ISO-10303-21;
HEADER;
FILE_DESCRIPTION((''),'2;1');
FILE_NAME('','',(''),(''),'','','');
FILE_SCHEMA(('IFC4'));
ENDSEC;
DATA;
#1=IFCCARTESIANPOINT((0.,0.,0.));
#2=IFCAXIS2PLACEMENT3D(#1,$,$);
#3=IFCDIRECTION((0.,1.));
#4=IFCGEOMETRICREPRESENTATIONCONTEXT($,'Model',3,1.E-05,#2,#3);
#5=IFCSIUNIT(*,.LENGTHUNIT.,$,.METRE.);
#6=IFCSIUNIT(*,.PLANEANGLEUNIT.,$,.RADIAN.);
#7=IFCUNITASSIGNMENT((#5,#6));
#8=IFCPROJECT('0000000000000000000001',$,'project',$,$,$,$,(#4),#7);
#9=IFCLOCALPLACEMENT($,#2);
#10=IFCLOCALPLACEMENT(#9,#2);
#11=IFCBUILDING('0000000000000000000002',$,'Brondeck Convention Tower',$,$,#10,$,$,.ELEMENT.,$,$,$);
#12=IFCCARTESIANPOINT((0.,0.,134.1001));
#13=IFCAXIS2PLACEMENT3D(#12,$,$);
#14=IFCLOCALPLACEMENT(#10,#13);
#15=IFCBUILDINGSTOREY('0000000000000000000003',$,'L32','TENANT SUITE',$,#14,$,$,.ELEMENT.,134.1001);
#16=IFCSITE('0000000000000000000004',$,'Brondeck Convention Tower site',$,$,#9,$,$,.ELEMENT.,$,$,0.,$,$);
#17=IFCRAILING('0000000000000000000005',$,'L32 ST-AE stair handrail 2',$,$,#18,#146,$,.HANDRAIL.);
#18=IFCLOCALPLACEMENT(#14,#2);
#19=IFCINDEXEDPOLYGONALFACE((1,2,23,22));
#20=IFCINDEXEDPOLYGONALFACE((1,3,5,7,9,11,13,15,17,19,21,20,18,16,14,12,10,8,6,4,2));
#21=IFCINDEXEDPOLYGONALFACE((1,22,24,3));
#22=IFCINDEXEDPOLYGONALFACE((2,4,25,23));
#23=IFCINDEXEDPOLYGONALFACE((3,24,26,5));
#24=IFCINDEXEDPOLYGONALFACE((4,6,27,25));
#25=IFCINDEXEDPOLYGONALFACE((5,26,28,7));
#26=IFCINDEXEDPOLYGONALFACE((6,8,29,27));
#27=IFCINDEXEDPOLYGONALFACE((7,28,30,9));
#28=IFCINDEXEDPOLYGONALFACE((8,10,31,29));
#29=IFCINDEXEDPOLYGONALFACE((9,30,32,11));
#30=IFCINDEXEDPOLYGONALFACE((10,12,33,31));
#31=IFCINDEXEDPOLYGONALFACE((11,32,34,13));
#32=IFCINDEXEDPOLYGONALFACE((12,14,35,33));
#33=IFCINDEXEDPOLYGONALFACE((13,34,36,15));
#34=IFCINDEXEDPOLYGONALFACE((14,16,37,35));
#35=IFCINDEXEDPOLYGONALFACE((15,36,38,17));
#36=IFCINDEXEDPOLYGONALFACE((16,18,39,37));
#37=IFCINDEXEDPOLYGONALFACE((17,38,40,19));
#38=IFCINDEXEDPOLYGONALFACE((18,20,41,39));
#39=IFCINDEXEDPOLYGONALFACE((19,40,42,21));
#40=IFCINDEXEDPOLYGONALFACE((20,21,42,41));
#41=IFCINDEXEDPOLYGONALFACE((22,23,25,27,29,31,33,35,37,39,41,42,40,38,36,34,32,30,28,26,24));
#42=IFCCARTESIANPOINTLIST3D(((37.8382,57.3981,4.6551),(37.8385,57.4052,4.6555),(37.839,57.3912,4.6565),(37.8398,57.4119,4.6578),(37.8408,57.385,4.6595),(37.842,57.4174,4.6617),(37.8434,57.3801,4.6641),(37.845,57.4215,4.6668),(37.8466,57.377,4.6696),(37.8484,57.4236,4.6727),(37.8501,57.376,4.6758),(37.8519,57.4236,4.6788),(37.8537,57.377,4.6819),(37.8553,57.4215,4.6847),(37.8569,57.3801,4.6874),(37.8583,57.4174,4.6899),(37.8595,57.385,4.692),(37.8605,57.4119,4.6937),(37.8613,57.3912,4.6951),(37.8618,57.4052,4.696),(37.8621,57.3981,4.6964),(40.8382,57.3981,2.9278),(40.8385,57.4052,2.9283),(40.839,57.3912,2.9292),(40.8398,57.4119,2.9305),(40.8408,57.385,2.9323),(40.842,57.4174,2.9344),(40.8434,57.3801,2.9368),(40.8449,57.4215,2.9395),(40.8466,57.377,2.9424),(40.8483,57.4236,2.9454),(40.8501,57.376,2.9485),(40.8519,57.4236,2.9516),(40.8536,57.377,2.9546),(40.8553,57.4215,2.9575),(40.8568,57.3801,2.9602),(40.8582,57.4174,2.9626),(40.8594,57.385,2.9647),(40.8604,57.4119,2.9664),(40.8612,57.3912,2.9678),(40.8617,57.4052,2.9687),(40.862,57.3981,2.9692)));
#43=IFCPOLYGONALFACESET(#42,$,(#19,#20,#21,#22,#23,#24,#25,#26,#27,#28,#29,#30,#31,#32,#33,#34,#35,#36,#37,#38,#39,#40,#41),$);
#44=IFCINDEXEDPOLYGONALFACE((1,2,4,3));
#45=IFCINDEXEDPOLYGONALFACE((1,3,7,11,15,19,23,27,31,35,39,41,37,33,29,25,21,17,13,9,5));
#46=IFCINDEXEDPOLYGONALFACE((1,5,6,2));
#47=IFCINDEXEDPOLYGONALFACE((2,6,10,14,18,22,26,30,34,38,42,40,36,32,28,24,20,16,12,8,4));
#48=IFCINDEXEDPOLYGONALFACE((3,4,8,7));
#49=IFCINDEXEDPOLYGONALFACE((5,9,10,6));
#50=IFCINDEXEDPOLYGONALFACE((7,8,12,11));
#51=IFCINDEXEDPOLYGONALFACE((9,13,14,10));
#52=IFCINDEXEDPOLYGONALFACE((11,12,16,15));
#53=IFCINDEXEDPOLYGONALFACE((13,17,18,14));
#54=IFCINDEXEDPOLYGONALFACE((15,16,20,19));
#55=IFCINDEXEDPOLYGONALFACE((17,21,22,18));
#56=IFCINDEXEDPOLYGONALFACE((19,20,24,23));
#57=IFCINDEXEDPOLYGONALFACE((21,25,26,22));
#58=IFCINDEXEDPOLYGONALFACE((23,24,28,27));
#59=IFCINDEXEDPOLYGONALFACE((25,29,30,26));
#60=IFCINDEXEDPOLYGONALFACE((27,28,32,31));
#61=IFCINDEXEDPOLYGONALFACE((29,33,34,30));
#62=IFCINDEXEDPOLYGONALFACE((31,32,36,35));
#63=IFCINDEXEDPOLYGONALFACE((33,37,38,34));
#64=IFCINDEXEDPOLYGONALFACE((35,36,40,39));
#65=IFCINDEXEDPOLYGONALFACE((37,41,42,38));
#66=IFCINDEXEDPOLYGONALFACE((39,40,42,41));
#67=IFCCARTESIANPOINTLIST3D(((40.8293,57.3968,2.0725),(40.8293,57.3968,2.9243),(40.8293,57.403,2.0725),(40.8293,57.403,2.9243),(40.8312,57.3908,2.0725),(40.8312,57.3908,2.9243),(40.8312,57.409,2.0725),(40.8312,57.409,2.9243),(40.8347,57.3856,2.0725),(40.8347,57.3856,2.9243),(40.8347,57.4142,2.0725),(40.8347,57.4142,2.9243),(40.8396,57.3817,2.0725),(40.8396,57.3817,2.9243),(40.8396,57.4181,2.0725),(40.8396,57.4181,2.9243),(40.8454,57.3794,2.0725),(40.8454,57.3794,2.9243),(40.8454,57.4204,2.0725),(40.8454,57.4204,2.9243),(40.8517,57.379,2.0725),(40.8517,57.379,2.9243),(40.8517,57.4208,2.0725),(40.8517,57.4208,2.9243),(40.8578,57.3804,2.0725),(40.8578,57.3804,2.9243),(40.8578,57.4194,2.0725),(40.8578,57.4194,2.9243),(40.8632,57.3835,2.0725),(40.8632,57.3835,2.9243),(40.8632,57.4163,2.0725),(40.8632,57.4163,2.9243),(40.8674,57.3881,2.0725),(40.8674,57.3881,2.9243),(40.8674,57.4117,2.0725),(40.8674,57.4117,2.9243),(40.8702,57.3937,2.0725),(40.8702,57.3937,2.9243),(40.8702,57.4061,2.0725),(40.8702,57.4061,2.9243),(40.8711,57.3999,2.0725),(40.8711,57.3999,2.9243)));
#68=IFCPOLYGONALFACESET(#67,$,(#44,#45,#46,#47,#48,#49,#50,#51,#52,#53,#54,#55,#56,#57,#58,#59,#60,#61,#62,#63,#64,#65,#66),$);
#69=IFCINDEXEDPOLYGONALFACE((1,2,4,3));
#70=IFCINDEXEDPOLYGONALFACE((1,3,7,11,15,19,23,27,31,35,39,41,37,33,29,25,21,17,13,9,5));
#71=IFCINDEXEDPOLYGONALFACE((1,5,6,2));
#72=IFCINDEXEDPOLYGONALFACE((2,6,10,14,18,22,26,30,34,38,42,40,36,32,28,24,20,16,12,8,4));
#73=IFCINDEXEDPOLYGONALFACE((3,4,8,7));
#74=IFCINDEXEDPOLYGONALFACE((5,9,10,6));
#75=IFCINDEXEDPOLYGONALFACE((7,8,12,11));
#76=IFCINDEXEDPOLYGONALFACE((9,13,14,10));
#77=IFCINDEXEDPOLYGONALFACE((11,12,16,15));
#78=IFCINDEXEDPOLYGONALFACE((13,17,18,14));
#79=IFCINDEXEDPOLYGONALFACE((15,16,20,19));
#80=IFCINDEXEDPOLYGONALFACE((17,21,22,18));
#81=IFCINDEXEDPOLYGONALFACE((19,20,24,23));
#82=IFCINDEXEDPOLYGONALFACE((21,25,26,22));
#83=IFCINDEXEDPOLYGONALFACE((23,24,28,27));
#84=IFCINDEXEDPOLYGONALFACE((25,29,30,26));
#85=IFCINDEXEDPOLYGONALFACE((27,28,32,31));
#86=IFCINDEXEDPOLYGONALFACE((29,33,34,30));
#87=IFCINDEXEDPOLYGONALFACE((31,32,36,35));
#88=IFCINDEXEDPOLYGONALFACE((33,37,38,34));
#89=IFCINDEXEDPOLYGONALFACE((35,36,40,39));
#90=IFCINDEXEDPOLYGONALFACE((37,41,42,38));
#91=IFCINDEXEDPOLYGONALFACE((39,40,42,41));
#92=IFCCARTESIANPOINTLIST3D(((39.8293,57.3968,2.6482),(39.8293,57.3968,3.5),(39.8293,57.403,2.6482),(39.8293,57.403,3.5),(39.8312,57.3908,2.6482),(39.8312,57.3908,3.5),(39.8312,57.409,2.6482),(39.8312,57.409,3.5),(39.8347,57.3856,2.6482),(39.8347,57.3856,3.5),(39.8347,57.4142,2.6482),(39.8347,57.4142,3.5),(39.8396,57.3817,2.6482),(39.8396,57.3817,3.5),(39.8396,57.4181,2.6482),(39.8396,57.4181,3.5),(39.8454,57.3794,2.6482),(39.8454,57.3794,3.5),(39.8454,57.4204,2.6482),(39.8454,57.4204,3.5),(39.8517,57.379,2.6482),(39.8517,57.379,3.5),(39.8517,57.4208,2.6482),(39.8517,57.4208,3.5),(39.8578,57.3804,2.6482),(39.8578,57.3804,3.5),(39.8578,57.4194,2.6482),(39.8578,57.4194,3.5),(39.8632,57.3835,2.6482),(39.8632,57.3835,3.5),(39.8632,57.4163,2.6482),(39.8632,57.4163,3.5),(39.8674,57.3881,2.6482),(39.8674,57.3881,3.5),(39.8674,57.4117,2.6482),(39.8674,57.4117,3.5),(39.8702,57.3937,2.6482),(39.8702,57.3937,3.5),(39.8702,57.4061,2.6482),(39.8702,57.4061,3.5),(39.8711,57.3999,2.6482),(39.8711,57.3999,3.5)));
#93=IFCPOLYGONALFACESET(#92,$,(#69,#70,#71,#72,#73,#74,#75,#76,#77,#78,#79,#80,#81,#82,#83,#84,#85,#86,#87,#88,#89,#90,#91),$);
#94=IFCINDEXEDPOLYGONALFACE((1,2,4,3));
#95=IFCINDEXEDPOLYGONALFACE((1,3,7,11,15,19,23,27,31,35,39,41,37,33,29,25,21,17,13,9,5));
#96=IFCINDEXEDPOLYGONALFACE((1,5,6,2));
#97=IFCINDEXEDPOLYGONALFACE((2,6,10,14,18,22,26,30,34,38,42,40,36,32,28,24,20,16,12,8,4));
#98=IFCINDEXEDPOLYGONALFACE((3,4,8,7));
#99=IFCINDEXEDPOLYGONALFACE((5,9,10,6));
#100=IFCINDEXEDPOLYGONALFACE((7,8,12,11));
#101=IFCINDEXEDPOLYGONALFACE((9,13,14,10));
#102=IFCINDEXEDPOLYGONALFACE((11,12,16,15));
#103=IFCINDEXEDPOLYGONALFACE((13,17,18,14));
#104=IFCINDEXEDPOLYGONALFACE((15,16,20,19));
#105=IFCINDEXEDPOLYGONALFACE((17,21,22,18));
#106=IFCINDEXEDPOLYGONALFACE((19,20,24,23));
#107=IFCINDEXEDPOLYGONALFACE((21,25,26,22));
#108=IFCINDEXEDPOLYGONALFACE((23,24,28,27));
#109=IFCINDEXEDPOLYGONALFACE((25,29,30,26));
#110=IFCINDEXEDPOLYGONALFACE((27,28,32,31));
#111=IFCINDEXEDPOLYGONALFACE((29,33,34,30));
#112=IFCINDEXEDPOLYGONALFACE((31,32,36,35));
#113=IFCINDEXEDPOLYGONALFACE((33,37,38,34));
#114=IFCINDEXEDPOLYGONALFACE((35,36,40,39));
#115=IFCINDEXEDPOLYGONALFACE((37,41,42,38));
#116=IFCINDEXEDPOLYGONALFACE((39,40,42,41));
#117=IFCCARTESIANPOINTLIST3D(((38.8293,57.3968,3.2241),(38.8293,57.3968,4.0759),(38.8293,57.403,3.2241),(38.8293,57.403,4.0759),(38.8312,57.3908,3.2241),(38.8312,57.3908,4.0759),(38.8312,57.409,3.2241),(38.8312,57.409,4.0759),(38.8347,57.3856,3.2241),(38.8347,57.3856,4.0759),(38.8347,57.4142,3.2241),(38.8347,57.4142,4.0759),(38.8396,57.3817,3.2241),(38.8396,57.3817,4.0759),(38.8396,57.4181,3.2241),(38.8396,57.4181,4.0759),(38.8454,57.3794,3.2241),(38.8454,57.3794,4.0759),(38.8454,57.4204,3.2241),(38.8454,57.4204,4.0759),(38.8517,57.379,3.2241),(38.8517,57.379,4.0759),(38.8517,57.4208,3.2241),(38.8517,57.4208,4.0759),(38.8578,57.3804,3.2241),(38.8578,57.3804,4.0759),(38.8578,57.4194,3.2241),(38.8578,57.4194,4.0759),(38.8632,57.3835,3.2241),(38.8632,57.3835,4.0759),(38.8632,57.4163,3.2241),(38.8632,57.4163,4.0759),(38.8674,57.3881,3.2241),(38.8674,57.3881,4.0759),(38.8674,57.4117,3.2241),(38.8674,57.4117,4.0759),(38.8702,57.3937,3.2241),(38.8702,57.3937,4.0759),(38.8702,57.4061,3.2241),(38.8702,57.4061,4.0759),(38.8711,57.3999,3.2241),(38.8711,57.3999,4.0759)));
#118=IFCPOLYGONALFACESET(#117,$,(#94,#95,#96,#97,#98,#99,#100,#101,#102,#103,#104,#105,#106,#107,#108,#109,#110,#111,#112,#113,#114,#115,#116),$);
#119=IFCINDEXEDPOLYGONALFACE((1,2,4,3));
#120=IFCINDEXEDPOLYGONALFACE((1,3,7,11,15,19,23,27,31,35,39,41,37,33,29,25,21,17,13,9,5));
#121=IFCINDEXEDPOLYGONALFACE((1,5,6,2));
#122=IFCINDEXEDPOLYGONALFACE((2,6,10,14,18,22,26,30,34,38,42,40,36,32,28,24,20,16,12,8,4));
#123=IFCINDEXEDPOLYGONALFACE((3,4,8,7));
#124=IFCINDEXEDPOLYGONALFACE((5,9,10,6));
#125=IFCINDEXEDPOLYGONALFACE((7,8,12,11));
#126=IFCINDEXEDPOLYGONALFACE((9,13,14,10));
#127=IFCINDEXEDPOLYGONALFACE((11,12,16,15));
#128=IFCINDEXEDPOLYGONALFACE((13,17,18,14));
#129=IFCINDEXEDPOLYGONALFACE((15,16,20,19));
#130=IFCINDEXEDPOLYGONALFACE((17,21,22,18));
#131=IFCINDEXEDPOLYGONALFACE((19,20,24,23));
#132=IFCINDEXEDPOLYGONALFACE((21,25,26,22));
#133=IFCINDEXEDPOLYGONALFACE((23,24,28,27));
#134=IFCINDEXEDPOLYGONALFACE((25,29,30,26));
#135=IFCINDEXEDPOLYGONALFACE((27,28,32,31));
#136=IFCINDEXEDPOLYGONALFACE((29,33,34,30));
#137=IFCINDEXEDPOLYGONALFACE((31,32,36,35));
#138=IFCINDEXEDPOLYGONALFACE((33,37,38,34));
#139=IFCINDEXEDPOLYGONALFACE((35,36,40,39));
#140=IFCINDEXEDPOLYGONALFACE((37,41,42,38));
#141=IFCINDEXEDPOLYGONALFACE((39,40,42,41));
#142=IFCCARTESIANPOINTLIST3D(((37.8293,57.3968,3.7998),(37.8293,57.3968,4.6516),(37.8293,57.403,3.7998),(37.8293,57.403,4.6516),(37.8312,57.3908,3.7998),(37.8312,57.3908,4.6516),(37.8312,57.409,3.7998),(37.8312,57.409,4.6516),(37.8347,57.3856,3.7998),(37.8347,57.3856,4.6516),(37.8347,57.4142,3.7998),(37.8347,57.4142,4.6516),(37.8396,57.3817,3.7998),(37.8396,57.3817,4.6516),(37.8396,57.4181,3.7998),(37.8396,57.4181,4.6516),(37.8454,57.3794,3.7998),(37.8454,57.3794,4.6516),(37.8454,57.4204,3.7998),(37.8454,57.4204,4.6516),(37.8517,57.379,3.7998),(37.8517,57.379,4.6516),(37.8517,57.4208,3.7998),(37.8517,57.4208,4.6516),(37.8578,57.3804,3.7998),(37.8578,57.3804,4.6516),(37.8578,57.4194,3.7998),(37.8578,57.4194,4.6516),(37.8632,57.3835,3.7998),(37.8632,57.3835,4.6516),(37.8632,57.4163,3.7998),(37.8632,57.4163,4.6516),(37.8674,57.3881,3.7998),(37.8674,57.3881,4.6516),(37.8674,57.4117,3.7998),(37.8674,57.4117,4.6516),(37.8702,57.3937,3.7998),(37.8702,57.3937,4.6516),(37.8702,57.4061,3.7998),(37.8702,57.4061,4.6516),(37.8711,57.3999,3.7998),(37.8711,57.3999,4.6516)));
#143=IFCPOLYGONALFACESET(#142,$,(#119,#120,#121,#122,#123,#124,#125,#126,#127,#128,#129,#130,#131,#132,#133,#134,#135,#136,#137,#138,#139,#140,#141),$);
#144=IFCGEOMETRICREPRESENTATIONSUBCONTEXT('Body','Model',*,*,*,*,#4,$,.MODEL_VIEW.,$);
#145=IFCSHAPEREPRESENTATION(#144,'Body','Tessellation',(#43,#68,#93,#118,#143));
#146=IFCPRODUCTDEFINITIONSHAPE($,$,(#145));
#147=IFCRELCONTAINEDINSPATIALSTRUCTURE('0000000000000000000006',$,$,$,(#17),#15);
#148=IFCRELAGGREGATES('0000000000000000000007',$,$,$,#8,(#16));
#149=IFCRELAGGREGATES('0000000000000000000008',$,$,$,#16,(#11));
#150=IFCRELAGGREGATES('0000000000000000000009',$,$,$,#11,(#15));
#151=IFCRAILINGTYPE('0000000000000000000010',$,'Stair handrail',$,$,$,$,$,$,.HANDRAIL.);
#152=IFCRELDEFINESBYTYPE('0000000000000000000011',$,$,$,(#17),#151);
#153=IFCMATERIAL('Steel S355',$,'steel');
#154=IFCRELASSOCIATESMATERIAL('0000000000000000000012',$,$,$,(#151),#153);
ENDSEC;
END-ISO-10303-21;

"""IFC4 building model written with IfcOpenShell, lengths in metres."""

from ifc_helpers import new_model, si_unit, direction, frame, origin, origin_2d, place, context, subcontext, project, spatial, circle, extrude, material, type_object, element, save


model = new_model("IFC4")

# Units and contexts
model_context = context("Model", 3, precision=1e-05, world=origin(), true_north=direction((0.0, 1.0)))
body_context = subcontext(model_context, "Body", "Model", "MODEL_VIEW")
ifc_project = project(units=[si_unit("LENGTHUNIT", "METRE"), si_unit("PLANEANGLEUNIT", "RADIAN")], contexts=[model_context])

# Site, building, storey
site_placement = place(None, origin())
site = spatial("IfcSite", under=ifc_project, at=site_placement, Name="Brondeck Convention Tower site", CompositionType="ELEMENT", RefElevation=0.0)
building_placement = place(site_placement, origin())
building = spatial("IfcBuilding", under=site, at=building_placement, Name="Brondeck Convention Tower", CompositionType="ELEMENT")
storey_placement = place(building_placement, frame((0.0, 0.0, 134.1001)))
storey = spatial("IfcBuildingStorey", under=building, at=storey_placement, Name="L32", Description="TENANT SUITE", CompositionType="ELEMENT", Elevation=134.1001)

# Shared definitions
ifc_material_1 = material(Name="Steel S355", Category="steel")

# Railing
railing_type_1 = type_object("IfcRailingType", Name="Stair handrail", PredefinedType="HANDRAIL", material=ifc_material_1)
railing_1_placement = place(storey_placement, frame((40.8501, 57.3999, 2.0725)))
element("IfcRailing", 1, at=railing_1_placement, inside=storey, type_object=railing_type_1, Name="L32 ST-AE stair handrail 2", PredefinedType="HANDRAIL", context=body_context, shape_type="SweptSolid", body=[
    extrude(circle(Radius=0.0239, at=origin_2d()), frame((0.0, 0.0, 0.876), z_axis=(-0.86662, 0.0, 0.498969), x_axis=(0.0, -1.0, 0.0)), (0.0, 0.0, 1.0), 3.4617),
    extrude(circle(Radius=0.021, at=origin_2d()), origin(), (0.0, 0.0, 1.0), 0.8518),
    extrude(circle(Radius=0.021, at=origin_2d()), frame((-1.0, 0.0, 0.5757)), (0.0, 0.0, 1.0), 0.8518),
    extrude(circle(Radius=0.021, at=origin_2d()), frame((-2.0, 0.0, 1.1516)), (0.0, 0.0, 1.0), 0.8518),
    extrude(circle(Radius=0.021, at=origin_2d()), frame((-3.0, 0.0, 1.7273)), (0.0, 0.0, 1.0), 0.8518),
])

save(model, "model.ifc")
